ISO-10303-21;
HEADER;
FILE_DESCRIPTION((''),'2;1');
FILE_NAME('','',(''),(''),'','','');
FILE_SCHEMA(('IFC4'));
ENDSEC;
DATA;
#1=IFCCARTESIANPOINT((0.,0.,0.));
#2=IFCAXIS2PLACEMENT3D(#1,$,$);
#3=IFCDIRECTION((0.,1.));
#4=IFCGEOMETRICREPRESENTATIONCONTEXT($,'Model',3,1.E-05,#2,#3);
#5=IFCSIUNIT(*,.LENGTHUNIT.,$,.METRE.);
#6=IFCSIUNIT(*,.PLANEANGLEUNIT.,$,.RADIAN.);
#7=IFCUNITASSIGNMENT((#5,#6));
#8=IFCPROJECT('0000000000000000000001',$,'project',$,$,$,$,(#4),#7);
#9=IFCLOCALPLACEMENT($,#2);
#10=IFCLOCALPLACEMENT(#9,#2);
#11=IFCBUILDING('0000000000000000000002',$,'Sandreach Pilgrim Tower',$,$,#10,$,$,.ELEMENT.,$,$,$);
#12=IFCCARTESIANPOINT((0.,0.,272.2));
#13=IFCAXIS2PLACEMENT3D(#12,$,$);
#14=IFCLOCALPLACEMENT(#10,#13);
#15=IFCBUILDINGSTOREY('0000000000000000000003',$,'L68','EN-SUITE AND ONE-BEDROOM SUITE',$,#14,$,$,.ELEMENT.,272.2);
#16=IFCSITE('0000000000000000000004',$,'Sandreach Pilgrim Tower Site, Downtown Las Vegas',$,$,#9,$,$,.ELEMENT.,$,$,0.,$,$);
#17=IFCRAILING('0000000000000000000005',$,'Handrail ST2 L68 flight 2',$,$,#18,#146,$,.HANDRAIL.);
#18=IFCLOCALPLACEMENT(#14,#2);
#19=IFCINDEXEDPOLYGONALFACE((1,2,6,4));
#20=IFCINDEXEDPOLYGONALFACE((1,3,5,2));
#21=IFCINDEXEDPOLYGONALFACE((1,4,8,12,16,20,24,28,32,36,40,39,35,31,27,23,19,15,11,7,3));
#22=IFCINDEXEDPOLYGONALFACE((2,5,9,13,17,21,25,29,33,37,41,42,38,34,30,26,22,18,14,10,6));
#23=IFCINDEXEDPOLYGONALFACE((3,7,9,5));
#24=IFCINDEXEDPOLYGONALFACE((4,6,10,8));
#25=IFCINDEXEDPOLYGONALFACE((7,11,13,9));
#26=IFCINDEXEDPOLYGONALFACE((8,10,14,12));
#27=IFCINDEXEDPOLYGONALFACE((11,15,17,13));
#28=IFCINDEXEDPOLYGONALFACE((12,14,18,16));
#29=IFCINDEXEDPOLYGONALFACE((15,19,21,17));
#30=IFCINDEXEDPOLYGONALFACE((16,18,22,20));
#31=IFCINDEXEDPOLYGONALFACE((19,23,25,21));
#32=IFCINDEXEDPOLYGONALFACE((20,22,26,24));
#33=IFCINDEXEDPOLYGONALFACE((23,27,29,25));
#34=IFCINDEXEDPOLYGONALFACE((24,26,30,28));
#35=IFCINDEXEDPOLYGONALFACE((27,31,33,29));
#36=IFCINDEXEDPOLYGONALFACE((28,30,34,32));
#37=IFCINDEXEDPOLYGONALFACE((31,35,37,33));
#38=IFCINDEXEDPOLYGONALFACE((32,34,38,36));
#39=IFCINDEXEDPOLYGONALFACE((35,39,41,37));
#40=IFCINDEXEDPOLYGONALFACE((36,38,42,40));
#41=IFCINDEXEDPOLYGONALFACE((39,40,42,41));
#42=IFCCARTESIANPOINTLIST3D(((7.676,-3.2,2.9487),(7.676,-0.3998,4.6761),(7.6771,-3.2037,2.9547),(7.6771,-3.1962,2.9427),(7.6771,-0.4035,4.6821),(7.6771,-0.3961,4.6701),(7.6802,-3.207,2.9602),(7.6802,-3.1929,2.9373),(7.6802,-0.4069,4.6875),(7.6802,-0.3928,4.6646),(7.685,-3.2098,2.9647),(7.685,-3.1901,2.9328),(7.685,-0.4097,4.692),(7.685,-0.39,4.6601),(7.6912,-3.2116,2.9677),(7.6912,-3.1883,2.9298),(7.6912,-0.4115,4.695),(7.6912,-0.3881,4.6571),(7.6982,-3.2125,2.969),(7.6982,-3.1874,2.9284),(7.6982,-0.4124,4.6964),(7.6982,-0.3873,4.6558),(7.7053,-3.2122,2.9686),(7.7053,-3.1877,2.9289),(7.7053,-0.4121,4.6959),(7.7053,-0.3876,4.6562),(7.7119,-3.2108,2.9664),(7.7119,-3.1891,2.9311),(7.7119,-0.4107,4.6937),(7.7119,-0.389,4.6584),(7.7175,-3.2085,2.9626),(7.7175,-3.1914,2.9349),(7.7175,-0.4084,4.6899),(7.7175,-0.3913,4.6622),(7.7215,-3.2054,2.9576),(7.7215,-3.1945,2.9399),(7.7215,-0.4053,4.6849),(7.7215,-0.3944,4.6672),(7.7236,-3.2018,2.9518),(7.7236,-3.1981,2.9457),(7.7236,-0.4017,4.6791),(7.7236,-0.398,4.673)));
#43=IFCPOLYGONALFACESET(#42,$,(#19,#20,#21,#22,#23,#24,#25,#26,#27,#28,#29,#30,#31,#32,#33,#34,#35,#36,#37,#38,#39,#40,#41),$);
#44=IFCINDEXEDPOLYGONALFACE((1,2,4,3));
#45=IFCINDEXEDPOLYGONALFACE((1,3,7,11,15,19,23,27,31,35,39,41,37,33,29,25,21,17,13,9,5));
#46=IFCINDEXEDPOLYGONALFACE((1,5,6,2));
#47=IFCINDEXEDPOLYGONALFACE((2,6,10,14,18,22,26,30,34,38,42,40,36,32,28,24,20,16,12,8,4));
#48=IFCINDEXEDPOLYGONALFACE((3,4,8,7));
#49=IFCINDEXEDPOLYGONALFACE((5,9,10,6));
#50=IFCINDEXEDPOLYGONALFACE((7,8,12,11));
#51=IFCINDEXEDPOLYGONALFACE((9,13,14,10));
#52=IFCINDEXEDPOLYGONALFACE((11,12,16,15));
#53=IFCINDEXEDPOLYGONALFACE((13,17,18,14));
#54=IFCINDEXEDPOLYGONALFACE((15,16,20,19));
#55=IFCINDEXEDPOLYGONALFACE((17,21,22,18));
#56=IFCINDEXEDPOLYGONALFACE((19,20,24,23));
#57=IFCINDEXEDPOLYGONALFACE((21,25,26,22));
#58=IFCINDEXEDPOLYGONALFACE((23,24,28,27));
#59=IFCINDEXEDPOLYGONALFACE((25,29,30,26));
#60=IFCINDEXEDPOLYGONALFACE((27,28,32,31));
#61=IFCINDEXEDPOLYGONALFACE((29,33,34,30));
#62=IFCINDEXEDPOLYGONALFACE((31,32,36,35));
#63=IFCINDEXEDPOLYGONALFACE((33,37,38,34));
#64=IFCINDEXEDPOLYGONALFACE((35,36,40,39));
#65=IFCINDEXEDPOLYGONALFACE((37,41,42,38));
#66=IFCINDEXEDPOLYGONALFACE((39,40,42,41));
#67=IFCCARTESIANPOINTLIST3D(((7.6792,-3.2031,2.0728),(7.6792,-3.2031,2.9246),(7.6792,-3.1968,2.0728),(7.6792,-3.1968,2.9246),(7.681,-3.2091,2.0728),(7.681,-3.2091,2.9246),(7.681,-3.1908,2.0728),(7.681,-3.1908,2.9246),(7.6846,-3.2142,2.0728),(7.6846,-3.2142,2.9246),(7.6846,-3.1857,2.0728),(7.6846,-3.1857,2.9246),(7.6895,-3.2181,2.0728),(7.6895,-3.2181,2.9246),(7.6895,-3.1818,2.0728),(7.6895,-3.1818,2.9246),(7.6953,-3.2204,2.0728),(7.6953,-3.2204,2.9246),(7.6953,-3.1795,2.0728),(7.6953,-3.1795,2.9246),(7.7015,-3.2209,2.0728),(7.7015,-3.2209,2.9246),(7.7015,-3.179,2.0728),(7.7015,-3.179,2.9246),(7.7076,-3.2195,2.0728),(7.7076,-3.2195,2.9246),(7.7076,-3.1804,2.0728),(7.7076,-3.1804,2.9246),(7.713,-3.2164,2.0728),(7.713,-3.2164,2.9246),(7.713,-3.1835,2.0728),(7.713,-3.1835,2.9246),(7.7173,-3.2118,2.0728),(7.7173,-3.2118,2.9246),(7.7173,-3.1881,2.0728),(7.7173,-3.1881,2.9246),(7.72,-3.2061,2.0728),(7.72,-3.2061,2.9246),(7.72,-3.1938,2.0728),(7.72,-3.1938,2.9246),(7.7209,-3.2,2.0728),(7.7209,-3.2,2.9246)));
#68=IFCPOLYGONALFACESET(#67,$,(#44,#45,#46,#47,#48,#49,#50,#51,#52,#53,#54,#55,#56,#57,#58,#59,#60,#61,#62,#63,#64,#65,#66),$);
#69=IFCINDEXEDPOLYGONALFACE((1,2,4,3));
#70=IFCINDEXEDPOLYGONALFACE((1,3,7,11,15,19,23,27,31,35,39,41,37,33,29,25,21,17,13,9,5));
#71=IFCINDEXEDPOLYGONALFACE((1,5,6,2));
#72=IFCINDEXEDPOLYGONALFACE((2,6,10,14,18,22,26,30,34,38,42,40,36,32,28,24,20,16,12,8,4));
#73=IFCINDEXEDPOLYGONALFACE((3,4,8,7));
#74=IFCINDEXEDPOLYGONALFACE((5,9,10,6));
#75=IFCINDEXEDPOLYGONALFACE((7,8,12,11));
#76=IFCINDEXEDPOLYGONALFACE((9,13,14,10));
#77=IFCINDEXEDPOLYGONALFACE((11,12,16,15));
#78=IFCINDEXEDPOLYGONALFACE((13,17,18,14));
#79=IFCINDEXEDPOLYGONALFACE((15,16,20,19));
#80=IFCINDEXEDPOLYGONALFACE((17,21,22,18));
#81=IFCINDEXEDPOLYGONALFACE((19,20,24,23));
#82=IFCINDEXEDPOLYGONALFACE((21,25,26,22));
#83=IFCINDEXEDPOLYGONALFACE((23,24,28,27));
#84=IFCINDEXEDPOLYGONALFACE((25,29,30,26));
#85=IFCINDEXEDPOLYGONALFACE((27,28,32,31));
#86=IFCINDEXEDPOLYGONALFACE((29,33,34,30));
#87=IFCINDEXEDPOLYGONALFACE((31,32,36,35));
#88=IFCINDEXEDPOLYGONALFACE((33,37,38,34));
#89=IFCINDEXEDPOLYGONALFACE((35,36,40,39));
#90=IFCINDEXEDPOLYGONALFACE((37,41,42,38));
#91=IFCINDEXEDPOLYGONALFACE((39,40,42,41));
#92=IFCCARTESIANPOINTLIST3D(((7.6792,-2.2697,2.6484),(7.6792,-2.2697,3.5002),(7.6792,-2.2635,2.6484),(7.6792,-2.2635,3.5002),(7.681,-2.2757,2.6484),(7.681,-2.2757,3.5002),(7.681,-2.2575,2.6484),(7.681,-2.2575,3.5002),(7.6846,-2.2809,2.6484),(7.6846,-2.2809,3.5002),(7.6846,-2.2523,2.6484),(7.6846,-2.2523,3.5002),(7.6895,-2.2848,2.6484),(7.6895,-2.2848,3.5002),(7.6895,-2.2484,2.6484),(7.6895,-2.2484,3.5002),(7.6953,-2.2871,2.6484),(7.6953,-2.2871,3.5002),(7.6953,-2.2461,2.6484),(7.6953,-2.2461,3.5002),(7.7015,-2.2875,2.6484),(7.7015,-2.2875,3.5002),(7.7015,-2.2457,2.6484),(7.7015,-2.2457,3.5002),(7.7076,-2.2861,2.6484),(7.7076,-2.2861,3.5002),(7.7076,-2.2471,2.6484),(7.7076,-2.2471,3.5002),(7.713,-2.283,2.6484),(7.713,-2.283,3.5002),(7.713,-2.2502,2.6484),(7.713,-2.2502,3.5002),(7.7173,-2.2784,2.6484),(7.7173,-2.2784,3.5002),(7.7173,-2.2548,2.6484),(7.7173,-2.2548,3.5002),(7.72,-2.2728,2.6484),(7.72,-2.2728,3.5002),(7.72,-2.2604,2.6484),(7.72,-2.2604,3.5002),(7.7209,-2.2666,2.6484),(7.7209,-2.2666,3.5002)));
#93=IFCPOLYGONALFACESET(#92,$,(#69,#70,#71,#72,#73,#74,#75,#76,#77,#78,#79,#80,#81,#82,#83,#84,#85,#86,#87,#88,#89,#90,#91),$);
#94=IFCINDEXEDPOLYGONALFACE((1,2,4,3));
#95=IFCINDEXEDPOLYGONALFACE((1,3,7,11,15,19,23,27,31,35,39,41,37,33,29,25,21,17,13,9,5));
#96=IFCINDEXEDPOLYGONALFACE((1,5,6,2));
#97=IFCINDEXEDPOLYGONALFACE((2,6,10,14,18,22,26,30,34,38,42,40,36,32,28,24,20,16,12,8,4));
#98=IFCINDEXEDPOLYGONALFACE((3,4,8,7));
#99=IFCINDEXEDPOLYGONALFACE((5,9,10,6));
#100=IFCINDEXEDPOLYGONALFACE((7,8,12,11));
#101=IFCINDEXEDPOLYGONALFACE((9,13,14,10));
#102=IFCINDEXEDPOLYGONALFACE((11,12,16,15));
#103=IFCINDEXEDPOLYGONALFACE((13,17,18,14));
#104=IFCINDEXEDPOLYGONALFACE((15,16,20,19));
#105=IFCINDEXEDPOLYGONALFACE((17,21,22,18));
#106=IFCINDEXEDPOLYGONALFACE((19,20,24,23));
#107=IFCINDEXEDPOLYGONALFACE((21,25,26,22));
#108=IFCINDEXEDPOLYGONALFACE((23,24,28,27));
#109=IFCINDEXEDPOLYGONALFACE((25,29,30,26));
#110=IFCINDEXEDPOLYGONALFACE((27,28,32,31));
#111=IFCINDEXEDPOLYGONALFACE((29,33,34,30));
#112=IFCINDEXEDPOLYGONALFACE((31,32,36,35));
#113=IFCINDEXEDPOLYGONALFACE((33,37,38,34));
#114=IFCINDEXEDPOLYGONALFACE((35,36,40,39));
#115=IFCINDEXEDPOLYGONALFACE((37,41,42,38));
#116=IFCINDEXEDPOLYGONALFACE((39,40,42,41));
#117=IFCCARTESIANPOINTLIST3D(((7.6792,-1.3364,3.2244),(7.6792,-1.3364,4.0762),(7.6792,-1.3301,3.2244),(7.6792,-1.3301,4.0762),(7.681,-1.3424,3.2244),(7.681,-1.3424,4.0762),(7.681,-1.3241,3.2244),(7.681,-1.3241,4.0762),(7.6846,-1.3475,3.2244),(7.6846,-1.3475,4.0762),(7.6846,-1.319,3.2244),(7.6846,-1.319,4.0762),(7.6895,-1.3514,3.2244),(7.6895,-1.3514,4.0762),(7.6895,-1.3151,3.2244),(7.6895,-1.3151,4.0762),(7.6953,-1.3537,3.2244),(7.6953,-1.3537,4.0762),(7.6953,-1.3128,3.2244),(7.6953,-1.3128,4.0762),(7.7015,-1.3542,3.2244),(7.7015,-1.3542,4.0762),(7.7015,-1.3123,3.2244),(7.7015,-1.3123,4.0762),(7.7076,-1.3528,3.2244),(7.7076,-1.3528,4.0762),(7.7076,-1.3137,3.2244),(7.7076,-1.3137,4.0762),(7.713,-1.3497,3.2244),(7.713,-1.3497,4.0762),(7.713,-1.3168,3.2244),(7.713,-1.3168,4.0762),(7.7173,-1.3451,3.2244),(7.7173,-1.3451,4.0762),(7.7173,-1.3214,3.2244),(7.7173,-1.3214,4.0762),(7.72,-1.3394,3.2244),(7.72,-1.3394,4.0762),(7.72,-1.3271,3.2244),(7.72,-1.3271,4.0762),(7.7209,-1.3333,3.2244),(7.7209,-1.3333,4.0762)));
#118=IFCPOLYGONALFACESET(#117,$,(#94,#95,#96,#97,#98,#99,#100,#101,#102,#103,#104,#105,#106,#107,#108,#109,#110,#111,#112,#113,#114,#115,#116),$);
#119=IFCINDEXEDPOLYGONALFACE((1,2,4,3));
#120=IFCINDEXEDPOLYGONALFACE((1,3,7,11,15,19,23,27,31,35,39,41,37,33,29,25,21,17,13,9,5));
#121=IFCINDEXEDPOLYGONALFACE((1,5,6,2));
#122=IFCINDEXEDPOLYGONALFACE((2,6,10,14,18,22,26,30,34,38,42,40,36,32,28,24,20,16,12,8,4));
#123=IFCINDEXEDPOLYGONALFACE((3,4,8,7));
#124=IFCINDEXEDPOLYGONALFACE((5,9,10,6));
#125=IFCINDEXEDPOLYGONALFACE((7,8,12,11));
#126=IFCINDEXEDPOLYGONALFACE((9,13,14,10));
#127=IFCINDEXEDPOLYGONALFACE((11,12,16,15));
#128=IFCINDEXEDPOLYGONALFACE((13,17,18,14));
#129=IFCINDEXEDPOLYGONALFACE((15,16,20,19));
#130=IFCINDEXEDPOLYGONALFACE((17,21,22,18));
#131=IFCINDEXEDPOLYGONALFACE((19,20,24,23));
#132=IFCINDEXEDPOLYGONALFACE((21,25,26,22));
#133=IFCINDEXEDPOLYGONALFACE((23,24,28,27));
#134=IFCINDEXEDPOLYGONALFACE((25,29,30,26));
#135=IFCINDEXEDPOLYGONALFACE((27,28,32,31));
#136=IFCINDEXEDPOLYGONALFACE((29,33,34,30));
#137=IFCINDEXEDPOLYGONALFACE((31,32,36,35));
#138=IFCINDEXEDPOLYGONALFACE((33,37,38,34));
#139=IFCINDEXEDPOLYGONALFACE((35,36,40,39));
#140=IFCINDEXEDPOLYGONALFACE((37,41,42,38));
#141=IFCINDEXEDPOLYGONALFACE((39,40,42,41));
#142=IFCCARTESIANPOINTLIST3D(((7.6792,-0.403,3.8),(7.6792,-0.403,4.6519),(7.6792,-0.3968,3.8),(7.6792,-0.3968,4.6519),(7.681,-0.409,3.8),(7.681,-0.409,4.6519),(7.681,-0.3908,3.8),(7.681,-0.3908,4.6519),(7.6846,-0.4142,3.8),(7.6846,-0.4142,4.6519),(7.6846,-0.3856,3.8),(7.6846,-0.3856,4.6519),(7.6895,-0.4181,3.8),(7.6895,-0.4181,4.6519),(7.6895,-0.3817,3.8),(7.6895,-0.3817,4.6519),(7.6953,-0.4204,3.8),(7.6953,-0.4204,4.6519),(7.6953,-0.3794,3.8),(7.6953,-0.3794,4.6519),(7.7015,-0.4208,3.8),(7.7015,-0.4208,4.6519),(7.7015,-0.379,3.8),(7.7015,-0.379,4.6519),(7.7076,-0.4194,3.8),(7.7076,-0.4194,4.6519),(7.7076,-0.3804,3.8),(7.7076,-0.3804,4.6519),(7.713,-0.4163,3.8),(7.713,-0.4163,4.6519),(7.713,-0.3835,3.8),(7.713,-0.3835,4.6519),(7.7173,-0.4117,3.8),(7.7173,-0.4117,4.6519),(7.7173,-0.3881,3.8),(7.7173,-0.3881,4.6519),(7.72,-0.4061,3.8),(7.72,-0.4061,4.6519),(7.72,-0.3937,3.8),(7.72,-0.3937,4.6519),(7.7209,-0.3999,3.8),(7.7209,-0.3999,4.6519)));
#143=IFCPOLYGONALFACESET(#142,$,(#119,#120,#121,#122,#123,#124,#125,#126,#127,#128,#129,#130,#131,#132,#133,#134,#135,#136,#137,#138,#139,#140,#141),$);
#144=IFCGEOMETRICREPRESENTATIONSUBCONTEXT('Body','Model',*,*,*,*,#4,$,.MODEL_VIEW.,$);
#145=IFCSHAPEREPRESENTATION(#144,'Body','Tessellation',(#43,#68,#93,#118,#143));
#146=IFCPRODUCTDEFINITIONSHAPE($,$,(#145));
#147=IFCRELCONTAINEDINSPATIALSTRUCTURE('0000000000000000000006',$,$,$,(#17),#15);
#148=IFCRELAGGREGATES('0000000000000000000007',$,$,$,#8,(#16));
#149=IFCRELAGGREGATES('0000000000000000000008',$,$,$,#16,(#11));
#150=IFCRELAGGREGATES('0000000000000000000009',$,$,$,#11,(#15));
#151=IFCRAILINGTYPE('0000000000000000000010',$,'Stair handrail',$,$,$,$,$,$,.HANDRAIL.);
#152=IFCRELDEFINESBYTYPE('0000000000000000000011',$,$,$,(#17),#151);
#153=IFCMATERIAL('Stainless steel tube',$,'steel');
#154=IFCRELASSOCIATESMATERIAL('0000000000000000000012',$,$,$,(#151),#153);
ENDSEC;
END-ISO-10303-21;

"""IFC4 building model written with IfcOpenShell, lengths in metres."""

from ifc_helpers import new_model, si_unit, direction, frame, origin, origin_2d, place, context, subcontext, project, spatial, circle, extrude, material, type_object, element, save


model = new_model("IFC4")

# Units and contexts
model_context = context("Model", 3, precision=1e-05, world=origin(), true_north=direction((0.0, 1.0)))
body_context = subcontext(model_context, "Body", "Model", "MODEL_VIEW")
ifc_project = project(units=[si_unit("LENGTHUNIT", "METRE"), si_unit("PLANEANGLEUNIT", "RADIAN")], contexts=[model_context])

# Site, building, storey
site_placement = place(None, origin())
site = spatial("IfcSite", under=ifc_project, at=site_placement, Name="Sandreach Pilgrim Tower Site, Downtown Las Vegas", CompositionType="ELEMENT", RefElevation=0.0)
building_placement = place(site_placement, origin())
building = spatial("IfcBuilding", under=site, at=building_placement, Name="Sandreach Pilgrim Tower", CompositionType="ELEMENT")
storey_placement = place(building_placement, frame((0.0, 0.0, 272.2)))
storey = spatial("IfcBuildingStorey", under=building, at=storey_placement, Name="L68", Description="EN-SUITE AND ONE-BEDROOM SUITE", CompositionType="ELEMENT", Elevation=272.2)

# Railing
ifc_material_1 = material(Name="Stainless steel tube", Category="steel")
railing_type = type_object("IfcRailingType", Name="Stair handrail", PredefinedType="HANDRAIL", material=ifc_material_1)
for number, where, name in (
    (1, (7.7, -3.2, 2.0728), "Handrail ST2 L68 flight 2"),
):
    element("IfcRailing", number, at=place(storey_placement, frame(where)), inside=storey, type_object=railing_type, Name=name, PredefinedType="HANDRAIL", context=body_context, shape_type="SweptSolid", body=[
        extrude(circle(Radius=0.0239, at=origin_2d()), frame((0.0, 0.0, 0.876), z_axis=(0.0, 0.85109, 0.52502), x_axis=(-1.0, 0.0, 0.0)), (0.0, 0.0, 1.0), 3.29),
        extrude(circle(Radius=0.021, at=origin_2d()), origin(), (0.0, 0.0, 1.0), 0.8518),
        extrude(circle(Radius=0.021, at=origin_2d()), frame((0.0, 0.9333, 0.5757)), (0.0, 0.0, 1.0), 0.8518),
        extrude(circle(Radius=0.021, at=origin_2d()), frame((0.0, 1.8667, 1.1516)), (0.0, 0.0, 1.0), 0.8518),
        extrude(circle(Radius=0.021, at=origin_2d()), frame((0.0, 2.8, 1.7273)), (0.0, 0.0, 1.0), 0.8518),
    ])

save(model, "model.ifc")
